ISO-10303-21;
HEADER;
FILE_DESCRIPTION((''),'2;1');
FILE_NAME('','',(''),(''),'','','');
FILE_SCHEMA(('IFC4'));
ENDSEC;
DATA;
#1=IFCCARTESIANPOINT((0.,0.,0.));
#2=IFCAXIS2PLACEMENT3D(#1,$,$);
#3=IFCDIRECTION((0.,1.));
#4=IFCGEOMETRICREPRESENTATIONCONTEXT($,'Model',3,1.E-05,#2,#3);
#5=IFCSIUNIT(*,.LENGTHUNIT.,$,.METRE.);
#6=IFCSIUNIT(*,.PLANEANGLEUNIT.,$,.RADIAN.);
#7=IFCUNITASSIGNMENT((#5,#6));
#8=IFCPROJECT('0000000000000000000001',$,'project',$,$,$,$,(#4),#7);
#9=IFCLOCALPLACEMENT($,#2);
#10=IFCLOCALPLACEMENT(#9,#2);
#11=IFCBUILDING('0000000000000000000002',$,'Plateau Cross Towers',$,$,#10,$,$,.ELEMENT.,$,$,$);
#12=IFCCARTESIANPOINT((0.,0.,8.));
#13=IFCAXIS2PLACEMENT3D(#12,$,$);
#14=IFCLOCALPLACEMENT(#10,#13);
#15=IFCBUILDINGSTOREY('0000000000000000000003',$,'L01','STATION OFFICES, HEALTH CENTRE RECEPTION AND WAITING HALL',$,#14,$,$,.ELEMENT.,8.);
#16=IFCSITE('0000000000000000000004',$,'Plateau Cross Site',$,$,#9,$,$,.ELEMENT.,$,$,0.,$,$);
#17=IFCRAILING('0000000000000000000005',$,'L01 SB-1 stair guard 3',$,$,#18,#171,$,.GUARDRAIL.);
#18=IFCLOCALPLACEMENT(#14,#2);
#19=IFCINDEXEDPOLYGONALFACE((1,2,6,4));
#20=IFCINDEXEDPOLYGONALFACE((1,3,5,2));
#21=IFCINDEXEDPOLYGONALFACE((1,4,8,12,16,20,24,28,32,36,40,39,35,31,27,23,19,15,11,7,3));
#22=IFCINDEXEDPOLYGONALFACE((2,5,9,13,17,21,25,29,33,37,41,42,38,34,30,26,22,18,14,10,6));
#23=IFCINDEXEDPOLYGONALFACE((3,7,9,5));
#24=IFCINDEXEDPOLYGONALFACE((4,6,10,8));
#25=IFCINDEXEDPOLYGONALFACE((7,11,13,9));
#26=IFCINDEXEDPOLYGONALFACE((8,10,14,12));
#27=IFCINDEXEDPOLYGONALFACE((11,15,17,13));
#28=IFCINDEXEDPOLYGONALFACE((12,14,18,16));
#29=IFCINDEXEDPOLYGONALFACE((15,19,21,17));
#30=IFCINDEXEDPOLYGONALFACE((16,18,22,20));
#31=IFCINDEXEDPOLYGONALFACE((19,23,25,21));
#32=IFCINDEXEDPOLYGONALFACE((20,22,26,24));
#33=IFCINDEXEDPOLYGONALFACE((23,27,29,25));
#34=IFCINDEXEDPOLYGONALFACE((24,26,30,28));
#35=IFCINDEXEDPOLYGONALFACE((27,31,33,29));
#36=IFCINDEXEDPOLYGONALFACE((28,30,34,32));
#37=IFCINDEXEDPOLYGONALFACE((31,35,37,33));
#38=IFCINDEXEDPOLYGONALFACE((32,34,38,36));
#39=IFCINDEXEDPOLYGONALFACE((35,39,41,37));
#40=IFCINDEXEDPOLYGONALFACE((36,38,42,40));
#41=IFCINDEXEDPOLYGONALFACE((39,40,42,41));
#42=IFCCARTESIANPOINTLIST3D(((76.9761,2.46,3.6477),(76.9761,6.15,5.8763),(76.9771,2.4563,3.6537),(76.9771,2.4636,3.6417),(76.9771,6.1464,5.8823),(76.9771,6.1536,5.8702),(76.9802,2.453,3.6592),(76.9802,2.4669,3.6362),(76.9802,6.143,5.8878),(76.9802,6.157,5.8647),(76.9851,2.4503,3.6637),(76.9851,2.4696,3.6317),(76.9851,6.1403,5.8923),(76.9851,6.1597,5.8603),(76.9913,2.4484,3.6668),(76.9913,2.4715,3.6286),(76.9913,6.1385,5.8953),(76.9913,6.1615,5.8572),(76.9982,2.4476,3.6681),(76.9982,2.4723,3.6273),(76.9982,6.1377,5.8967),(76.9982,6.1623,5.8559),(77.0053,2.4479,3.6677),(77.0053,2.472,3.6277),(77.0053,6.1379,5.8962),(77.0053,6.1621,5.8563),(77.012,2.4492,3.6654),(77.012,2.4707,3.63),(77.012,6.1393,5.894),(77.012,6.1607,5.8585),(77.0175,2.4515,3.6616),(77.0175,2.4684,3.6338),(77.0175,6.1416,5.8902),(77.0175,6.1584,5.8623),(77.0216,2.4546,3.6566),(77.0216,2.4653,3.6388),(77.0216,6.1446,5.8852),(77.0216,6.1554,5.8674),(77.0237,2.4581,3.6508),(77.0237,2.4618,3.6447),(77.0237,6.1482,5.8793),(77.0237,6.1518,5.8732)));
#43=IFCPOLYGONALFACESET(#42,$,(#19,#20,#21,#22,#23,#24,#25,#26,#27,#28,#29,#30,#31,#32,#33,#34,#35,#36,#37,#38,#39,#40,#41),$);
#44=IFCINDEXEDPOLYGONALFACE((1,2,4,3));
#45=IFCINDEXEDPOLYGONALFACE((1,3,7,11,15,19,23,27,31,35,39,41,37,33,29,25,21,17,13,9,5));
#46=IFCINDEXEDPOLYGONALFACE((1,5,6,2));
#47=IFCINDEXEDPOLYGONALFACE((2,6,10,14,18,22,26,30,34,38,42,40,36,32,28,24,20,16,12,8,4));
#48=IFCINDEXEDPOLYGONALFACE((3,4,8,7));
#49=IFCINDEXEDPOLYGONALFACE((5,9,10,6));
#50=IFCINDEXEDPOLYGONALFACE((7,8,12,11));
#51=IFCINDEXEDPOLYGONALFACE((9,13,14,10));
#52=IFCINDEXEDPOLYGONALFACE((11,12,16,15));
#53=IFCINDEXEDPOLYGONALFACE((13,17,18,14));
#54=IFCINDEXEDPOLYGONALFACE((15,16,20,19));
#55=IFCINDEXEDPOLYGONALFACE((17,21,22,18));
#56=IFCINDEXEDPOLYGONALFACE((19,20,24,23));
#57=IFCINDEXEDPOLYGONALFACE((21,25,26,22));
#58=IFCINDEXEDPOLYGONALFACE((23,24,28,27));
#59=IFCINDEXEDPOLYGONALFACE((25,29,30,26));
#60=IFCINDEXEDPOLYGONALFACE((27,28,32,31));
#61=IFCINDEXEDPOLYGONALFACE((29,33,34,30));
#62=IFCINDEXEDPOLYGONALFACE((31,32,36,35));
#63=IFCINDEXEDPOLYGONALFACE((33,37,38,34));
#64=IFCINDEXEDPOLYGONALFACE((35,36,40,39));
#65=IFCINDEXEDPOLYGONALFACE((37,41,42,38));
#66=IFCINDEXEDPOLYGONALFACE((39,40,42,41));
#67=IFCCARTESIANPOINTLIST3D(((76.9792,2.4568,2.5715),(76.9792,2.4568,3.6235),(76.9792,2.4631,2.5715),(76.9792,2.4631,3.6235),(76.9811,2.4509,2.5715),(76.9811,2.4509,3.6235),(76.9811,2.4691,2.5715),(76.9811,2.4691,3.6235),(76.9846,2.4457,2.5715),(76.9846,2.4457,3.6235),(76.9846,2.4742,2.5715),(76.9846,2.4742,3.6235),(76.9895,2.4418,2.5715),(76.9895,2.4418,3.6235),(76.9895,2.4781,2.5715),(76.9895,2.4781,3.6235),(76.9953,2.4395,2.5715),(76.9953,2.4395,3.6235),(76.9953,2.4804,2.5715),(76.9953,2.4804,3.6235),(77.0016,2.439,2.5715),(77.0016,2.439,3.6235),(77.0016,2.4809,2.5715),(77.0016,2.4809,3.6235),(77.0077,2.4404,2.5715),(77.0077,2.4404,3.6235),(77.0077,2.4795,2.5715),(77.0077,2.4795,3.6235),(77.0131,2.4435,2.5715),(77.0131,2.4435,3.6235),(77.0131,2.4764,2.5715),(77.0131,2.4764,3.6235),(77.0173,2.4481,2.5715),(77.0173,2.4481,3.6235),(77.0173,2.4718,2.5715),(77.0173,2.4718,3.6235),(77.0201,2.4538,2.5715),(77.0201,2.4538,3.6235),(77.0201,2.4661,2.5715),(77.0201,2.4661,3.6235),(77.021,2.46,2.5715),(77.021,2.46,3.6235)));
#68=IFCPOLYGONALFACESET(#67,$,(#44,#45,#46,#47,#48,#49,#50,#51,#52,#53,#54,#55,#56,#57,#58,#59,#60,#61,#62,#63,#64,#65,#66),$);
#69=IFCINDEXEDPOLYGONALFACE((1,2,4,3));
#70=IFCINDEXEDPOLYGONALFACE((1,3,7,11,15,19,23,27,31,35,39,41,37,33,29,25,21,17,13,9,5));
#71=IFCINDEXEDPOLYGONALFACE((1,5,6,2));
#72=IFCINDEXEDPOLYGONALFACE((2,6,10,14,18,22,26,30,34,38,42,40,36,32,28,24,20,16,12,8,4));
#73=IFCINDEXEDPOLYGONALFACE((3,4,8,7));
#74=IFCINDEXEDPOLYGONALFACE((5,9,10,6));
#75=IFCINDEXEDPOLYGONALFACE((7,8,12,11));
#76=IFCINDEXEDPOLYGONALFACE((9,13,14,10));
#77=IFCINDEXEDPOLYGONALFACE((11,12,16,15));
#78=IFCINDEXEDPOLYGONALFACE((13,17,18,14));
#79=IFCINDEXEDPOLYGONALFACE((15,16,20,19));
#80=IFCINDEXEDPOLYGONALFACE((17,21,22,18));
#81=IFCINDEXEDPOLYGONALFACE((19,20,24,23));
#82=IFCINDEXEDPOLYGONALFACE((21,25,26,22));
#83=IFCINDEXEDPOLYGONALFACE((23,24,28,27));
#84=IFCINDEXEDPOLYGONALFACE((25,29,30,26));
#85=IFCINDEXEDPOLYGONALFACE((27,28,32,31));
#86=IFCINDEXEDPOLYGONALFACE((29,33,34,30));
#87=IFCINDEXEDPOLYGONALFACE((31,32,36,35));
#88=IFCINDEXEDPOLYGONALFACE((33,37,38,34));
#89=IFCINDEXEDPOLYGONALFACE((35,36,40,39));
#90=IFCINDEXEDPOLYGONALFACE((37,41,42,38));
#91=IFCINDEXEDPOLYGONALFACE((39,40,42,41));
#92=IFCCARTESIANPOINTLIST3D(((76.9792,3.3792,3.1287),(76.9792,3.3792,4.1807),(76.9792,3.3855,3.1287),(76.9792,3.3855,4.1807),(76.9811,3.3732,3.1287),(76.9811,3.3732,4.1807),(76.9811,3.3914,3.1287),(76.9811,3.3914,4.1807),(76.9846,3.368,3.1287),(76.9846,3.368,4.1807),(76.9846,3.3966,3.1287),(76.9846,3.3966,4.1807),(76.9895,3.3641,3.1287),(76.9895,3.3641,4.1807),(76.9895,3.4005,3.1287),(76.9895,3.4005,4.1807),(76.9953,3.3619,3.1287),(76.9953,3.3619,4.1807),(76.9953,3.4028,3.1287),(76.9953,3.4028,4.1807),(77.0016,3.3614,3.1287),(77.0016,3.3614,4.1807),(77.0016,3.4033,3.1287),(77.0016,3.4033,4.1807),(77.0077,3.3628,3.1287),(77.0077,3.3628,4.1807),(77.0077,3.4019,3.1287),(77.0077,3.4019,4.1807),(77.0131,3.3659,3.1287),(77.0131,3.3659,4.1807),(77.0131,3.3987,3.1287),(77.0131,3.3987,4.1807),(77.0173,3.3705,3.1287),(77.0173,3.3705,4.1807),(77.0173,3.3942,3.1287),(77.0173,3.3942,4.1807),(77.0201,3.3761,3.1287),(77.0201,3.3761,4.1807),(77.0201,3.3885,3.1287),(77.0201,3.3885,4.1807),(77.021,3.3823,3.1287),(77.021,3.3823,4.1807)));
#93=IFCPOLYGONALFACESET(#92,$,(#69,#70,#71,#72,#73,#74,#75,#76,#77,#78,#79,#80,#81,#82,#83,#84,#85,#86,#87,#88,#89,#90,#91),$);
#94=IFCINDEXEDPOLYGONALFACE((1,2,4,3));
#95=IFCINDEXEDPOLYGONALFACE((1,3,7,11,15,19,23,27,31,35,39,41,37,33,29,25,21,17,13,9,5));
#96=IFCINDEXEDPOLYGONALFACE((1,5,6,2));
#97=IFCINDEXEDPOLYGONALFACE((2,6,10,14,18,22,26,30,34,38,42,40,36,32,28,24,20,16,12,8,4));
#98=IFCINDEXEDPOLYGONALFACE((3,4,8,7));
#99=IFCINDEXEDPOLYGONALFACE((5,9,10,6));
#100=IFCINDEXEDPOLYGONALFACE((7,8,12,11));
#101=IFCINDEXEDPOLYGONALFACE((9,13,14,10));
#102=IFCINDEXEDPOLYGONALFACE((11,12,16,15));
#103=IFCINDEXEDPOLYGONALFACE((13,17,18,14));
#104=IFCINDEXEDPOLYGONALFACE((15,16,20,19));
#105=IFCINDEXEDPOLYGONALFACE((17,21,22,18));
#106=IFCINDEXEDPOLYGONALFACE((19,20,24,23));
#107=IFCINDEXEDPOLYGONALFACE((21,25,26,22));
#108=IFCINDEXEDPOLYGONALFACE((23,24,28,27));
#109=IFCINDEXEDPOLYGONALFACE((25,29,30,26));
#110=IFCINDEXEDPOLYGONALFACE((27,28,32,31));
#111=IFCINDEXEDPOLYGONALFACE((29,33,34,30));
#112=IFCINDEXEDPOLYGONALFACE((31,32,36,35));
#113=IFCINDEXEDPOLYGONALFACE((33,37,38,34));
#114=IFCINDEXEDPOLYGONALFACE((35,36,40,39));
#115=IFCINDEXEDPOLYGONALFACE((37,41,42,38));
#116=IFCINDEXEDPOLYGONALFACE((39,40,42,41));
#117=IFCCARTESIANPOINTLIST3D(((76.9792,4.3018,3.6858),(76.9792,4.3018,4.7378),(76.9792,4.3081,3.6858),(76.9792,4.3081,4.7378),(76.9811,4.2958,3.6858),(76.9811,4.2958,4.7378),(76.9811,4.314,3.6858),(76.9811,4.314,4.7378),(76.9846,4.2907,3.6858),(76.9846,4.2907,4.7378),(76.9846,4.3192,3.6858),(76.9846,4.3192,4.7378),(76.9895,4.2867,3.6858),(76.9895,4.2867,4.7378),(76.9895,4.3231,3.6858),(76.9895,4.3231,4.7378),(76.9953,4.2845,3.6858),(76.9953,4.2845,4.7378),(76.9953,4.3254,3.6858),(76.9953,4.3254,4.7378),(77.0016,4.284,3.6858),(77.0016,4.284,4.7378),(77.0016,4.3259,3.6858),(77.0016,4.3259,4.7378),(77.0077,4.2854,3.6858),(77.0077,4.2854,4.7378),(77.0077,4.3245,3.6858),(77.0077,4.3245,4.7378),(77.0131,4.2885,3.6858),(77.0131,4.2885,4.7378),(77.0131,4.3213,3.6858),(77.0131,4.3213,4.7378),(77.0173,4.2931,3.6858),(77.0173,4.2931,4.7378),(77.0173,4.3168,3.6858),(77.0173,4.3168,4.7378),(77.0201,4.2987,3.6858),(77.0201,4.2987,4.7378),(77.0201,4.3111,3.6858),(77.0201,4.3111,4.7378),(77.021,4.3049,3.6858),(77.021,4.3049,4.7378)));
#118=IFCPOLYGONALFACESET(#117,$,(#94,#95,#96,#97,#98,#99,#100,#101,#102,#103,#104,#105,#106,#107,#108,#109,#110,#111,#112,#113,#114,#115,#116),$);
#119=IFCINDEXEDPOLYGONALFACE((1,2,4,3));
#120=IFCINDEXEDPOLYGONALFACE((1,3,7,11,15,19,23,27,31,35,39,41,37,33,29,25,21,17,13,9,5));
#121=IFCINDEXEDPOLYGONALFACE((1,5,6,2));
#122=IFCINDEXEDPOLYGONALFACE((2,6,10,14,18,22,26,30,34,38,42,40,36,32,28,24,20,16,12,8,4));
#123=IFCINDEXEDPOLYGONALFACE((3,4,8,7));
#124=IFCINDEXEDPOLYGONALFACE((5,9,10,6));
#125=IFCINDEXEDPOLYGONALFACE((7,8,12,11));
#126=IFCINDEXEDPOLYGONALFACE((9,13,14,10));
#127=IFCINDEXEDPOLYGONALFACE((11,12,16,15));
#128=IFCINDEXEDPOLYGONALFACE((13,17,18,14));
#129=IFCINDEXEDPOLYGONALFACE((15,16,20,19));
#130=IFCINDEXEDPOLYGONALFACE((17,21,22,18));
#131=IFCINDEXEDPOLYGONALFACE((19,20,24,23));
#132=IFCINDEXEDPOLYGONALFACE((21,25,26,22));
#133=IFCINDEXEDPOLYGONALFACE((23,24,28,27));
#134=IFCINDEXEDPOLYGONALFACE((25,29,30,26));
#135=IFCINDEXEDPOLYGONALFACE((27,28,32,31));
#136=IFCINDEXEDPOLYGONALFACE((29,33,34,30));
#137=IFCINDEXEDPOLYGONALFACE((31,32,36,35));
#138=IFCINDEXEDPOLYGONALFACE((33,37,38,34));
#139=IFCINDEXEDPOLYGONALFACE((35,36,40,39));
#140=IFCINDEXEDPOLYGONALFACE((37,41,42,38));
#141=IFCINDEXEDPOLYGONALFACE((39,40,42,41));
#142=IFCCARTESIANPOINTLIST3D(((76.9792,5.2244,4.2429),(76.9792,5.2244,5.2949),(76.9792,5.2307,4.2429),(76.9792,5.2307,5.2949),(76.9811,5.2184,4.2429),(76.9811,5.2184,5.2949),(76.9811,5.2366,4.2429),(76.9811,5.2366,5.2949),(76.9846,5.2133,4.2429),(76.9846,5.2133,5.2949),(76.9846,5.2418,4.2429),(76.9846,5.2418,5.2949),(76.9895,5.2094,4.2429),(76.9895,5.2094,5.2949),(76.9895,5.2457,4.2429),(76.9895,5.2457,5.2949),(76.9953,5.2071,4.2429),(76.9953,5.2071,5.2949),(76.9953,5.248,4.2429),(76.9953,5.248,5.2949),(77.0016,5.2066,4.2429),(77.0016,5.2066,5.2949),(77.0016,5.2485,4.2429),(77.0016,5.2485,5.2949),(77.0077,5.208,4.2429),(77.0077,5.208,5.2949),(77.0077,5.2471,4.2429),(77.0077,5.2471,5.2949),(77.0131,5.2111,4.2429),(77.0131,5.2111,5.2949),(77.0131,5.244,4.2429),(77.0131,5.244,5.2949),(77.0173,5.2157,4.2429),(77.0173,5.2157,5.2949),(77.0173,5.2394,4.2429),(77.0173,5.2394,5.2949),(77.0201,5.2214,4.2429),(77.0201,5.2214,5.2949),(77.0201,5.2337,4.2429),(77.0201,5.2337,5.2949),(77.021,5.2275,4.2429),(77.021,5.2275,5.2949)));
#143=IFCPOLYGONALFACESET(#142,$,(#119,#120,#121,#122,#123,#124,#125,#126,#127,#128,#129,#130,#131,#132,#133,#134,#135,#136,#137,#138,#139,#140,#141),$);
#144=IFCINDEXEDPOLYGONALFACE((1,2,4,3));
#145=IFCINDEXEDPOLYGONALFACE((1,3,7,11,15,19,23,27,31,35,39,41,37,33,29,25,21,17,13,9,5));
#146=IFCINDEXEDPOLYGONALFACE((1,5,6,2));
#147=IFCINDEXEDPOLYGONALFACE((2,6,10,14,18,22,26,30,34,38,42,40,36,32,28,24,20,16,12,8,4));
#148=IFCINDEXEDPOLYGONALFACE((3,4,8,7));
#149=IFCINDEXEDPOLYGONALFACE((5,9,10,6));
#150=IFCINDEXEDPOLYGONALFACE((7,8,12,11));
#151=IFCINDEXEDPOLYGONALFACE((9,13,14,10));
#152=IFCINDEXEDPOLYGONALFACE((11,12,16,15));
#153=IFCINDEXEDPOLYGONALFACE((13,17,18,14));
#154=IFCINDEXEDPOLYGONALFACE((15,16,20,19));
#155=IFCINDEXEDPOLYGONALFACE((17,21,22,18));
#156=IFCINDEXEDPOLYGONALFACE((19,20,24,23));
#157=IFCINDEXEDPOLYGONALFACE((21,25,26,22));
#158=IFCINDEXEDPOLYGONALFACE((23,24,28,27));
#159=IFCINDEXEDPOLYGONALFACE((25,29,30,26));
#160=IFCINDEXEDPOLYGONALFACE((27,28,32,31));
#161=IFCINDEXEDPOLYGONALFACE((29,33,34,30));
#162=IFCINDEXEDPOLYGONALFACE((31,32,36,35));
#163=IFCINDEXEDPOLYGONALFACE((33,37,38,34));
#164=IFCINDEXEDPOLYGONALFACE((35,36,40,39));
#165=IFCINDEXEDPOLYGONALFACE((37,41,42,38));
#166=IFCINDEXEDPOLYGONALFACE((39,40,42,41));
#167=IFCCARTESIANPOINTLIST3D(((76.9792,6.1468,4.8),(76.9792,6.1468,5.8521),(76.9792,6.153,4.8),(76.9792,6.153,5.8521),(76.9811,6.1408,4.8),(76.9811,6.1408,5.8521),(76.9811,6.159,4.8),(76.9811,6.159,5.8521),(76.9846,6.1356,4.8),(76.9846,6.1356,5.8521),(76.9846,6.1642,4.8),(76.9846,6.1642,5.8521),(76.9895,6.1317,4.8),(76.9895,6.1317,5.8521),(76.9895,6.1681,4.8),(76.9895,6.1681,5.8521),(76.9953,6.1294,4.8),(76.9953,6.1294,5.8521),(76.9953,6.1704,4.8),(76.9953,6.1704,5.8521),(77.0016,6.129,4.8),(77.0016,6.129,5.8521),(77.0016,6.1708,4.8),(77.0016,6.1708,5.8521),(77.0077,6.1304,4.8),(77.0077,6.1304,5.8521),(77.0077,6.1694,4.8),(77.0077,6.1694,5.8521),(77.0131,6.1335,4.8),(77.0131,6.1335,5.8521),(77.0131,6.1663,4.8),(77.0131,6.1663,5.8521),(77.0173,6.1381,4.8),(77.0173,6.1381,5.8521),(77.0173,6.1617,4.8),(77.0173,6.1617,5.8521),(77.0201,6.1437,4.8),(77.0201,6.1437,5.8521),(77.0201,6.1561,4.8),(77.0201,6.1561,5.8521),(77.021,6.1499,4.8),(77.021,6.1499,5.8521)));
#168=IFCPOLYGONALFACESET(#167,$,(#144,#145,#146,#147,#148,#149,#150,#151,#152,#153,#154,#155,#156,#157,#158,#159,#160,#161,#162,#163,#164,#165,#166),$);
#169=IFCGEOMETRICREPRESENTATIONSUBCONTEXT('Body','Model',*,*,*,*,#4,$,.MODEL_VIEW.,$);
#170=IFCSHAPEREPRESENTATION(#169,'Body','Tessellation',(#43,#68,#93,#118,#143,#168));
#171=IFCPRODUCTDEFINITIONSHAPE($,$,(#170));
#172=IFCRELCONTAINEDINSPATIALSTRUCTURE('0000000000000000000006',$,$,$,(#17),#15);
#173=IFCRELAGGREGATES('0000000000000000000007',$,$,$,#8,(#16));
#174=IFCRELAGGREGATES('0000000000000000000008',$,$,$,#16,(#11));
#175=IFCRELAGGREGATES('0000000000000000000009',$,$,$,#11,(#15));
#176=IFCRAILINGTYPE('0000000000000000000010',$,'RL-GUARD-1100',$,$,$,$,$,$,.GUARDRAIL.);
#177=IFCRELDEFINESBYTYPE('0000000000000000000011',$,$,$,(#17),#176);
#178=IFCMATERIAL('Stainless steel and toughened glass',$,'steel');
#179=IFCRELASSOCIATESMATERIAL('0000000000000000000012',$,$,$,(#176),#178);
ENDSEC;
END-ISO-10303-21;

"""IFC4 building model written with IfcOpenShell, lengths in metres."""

from ifc_helpers import new_model, si_unit, direction, frame, origin, origin_2d, place, context, subcontext, project, spatial, circle, extrude, material, type_object, element, save


model = new_model("IFC4")

# Units and contexts
model_context = context("Model", 3, precision=1e-05, world=origin(), true_north=direction((0.0, 1.0)))
body_context = subcontext(model_context, "Body", "Model", "MODEL_VIEW")
ifc_project = project(units=[si_unit("LENGTHUNIT", "METRE"), si_unit("PLANEANGLEUNIT", "RADIAN")], contexts=[model_context])

# Site, building, storey
site_placement = place(None, origin())
site = spatial("IfcSite", under=ifc_project, at=site_placement, Name="Plateau Cross Site", CompositionType="ELEMENT", RefElevation=0.0)
building_placement = place(site_placement, origin())
building = spatial("IfcBuilding", under=site, at=building_placement, Name="Plateau Cross Towers", CompositionType="ELEMENT")
storey_placement = place(building_placement, frame((0.0, 0.0, 8.0)))
storey = spatial("IfcBuildingStorey", under=building, at=storey_placement, Name="L01", Description="STATION OFFICES, HEALTH CENTRE RECEPTION AND WAITING HALL", CompositionType="ELEMENT", Elevation=8.0)

# Railing
ifc_material_1 = material(Name="Stainless steel and toughened glass", Category="steel")
railing_type_1 = type_object("IfcRailingType", Name="RL-GUARD-1100", PredefinedType="GUARDRAIL", material=ifc_material_1)
railing_1_placement = place(storey_placement, frame((77.0, 2.46, 2.5715)))
element("IfcRailing", 1, at=railing_1_placement, inside=storey, type_object=railing_type_1, Name="L01 SB-1 stair guard 3", PredefinedType="GUARDRAIL", context=body_context, shape_type="SweptSolid", body=[
    extrude(circle(Radius=0.0239, at=origin_2d()), frame((0.0, 0.0, 1.0762), z_axis=(0.0, 0.856, 0.516976), x_axis=(-1.0, 0.0, 0.0)), (0.0, 0.0, 1.0), 4.3108),
    extrude(circle(Radius=0.021, at=origin_2d()), origin(), (0.0, 0.0, 1.0), 1.052),
    extrude(circle(Radius=0.021, at=origin_2d()), frame((0.0, 0.9224, 0.5571)), (0.0, 0.0, 1.0), 1.052),
    extrude(circle(Radius=0.021, at=origin_2d()), frame((0.0, 1.845, 1.1143)), (0.0, 0.0, 1.0), 1.052),
    extrude(circle(Radius=0.021, at=origin_2d()), frame((0.0, 2.7676, 1.6714)), (0.0, 0.0, 1.0), 1.052),
    extrude(circle(Radius=0.021, at=origin_2d()), frame((0.0, 3.6899, 2.2285)), (0.0, 0.0, 1.0), 1.052),
])

save(model, "model.ifc")
